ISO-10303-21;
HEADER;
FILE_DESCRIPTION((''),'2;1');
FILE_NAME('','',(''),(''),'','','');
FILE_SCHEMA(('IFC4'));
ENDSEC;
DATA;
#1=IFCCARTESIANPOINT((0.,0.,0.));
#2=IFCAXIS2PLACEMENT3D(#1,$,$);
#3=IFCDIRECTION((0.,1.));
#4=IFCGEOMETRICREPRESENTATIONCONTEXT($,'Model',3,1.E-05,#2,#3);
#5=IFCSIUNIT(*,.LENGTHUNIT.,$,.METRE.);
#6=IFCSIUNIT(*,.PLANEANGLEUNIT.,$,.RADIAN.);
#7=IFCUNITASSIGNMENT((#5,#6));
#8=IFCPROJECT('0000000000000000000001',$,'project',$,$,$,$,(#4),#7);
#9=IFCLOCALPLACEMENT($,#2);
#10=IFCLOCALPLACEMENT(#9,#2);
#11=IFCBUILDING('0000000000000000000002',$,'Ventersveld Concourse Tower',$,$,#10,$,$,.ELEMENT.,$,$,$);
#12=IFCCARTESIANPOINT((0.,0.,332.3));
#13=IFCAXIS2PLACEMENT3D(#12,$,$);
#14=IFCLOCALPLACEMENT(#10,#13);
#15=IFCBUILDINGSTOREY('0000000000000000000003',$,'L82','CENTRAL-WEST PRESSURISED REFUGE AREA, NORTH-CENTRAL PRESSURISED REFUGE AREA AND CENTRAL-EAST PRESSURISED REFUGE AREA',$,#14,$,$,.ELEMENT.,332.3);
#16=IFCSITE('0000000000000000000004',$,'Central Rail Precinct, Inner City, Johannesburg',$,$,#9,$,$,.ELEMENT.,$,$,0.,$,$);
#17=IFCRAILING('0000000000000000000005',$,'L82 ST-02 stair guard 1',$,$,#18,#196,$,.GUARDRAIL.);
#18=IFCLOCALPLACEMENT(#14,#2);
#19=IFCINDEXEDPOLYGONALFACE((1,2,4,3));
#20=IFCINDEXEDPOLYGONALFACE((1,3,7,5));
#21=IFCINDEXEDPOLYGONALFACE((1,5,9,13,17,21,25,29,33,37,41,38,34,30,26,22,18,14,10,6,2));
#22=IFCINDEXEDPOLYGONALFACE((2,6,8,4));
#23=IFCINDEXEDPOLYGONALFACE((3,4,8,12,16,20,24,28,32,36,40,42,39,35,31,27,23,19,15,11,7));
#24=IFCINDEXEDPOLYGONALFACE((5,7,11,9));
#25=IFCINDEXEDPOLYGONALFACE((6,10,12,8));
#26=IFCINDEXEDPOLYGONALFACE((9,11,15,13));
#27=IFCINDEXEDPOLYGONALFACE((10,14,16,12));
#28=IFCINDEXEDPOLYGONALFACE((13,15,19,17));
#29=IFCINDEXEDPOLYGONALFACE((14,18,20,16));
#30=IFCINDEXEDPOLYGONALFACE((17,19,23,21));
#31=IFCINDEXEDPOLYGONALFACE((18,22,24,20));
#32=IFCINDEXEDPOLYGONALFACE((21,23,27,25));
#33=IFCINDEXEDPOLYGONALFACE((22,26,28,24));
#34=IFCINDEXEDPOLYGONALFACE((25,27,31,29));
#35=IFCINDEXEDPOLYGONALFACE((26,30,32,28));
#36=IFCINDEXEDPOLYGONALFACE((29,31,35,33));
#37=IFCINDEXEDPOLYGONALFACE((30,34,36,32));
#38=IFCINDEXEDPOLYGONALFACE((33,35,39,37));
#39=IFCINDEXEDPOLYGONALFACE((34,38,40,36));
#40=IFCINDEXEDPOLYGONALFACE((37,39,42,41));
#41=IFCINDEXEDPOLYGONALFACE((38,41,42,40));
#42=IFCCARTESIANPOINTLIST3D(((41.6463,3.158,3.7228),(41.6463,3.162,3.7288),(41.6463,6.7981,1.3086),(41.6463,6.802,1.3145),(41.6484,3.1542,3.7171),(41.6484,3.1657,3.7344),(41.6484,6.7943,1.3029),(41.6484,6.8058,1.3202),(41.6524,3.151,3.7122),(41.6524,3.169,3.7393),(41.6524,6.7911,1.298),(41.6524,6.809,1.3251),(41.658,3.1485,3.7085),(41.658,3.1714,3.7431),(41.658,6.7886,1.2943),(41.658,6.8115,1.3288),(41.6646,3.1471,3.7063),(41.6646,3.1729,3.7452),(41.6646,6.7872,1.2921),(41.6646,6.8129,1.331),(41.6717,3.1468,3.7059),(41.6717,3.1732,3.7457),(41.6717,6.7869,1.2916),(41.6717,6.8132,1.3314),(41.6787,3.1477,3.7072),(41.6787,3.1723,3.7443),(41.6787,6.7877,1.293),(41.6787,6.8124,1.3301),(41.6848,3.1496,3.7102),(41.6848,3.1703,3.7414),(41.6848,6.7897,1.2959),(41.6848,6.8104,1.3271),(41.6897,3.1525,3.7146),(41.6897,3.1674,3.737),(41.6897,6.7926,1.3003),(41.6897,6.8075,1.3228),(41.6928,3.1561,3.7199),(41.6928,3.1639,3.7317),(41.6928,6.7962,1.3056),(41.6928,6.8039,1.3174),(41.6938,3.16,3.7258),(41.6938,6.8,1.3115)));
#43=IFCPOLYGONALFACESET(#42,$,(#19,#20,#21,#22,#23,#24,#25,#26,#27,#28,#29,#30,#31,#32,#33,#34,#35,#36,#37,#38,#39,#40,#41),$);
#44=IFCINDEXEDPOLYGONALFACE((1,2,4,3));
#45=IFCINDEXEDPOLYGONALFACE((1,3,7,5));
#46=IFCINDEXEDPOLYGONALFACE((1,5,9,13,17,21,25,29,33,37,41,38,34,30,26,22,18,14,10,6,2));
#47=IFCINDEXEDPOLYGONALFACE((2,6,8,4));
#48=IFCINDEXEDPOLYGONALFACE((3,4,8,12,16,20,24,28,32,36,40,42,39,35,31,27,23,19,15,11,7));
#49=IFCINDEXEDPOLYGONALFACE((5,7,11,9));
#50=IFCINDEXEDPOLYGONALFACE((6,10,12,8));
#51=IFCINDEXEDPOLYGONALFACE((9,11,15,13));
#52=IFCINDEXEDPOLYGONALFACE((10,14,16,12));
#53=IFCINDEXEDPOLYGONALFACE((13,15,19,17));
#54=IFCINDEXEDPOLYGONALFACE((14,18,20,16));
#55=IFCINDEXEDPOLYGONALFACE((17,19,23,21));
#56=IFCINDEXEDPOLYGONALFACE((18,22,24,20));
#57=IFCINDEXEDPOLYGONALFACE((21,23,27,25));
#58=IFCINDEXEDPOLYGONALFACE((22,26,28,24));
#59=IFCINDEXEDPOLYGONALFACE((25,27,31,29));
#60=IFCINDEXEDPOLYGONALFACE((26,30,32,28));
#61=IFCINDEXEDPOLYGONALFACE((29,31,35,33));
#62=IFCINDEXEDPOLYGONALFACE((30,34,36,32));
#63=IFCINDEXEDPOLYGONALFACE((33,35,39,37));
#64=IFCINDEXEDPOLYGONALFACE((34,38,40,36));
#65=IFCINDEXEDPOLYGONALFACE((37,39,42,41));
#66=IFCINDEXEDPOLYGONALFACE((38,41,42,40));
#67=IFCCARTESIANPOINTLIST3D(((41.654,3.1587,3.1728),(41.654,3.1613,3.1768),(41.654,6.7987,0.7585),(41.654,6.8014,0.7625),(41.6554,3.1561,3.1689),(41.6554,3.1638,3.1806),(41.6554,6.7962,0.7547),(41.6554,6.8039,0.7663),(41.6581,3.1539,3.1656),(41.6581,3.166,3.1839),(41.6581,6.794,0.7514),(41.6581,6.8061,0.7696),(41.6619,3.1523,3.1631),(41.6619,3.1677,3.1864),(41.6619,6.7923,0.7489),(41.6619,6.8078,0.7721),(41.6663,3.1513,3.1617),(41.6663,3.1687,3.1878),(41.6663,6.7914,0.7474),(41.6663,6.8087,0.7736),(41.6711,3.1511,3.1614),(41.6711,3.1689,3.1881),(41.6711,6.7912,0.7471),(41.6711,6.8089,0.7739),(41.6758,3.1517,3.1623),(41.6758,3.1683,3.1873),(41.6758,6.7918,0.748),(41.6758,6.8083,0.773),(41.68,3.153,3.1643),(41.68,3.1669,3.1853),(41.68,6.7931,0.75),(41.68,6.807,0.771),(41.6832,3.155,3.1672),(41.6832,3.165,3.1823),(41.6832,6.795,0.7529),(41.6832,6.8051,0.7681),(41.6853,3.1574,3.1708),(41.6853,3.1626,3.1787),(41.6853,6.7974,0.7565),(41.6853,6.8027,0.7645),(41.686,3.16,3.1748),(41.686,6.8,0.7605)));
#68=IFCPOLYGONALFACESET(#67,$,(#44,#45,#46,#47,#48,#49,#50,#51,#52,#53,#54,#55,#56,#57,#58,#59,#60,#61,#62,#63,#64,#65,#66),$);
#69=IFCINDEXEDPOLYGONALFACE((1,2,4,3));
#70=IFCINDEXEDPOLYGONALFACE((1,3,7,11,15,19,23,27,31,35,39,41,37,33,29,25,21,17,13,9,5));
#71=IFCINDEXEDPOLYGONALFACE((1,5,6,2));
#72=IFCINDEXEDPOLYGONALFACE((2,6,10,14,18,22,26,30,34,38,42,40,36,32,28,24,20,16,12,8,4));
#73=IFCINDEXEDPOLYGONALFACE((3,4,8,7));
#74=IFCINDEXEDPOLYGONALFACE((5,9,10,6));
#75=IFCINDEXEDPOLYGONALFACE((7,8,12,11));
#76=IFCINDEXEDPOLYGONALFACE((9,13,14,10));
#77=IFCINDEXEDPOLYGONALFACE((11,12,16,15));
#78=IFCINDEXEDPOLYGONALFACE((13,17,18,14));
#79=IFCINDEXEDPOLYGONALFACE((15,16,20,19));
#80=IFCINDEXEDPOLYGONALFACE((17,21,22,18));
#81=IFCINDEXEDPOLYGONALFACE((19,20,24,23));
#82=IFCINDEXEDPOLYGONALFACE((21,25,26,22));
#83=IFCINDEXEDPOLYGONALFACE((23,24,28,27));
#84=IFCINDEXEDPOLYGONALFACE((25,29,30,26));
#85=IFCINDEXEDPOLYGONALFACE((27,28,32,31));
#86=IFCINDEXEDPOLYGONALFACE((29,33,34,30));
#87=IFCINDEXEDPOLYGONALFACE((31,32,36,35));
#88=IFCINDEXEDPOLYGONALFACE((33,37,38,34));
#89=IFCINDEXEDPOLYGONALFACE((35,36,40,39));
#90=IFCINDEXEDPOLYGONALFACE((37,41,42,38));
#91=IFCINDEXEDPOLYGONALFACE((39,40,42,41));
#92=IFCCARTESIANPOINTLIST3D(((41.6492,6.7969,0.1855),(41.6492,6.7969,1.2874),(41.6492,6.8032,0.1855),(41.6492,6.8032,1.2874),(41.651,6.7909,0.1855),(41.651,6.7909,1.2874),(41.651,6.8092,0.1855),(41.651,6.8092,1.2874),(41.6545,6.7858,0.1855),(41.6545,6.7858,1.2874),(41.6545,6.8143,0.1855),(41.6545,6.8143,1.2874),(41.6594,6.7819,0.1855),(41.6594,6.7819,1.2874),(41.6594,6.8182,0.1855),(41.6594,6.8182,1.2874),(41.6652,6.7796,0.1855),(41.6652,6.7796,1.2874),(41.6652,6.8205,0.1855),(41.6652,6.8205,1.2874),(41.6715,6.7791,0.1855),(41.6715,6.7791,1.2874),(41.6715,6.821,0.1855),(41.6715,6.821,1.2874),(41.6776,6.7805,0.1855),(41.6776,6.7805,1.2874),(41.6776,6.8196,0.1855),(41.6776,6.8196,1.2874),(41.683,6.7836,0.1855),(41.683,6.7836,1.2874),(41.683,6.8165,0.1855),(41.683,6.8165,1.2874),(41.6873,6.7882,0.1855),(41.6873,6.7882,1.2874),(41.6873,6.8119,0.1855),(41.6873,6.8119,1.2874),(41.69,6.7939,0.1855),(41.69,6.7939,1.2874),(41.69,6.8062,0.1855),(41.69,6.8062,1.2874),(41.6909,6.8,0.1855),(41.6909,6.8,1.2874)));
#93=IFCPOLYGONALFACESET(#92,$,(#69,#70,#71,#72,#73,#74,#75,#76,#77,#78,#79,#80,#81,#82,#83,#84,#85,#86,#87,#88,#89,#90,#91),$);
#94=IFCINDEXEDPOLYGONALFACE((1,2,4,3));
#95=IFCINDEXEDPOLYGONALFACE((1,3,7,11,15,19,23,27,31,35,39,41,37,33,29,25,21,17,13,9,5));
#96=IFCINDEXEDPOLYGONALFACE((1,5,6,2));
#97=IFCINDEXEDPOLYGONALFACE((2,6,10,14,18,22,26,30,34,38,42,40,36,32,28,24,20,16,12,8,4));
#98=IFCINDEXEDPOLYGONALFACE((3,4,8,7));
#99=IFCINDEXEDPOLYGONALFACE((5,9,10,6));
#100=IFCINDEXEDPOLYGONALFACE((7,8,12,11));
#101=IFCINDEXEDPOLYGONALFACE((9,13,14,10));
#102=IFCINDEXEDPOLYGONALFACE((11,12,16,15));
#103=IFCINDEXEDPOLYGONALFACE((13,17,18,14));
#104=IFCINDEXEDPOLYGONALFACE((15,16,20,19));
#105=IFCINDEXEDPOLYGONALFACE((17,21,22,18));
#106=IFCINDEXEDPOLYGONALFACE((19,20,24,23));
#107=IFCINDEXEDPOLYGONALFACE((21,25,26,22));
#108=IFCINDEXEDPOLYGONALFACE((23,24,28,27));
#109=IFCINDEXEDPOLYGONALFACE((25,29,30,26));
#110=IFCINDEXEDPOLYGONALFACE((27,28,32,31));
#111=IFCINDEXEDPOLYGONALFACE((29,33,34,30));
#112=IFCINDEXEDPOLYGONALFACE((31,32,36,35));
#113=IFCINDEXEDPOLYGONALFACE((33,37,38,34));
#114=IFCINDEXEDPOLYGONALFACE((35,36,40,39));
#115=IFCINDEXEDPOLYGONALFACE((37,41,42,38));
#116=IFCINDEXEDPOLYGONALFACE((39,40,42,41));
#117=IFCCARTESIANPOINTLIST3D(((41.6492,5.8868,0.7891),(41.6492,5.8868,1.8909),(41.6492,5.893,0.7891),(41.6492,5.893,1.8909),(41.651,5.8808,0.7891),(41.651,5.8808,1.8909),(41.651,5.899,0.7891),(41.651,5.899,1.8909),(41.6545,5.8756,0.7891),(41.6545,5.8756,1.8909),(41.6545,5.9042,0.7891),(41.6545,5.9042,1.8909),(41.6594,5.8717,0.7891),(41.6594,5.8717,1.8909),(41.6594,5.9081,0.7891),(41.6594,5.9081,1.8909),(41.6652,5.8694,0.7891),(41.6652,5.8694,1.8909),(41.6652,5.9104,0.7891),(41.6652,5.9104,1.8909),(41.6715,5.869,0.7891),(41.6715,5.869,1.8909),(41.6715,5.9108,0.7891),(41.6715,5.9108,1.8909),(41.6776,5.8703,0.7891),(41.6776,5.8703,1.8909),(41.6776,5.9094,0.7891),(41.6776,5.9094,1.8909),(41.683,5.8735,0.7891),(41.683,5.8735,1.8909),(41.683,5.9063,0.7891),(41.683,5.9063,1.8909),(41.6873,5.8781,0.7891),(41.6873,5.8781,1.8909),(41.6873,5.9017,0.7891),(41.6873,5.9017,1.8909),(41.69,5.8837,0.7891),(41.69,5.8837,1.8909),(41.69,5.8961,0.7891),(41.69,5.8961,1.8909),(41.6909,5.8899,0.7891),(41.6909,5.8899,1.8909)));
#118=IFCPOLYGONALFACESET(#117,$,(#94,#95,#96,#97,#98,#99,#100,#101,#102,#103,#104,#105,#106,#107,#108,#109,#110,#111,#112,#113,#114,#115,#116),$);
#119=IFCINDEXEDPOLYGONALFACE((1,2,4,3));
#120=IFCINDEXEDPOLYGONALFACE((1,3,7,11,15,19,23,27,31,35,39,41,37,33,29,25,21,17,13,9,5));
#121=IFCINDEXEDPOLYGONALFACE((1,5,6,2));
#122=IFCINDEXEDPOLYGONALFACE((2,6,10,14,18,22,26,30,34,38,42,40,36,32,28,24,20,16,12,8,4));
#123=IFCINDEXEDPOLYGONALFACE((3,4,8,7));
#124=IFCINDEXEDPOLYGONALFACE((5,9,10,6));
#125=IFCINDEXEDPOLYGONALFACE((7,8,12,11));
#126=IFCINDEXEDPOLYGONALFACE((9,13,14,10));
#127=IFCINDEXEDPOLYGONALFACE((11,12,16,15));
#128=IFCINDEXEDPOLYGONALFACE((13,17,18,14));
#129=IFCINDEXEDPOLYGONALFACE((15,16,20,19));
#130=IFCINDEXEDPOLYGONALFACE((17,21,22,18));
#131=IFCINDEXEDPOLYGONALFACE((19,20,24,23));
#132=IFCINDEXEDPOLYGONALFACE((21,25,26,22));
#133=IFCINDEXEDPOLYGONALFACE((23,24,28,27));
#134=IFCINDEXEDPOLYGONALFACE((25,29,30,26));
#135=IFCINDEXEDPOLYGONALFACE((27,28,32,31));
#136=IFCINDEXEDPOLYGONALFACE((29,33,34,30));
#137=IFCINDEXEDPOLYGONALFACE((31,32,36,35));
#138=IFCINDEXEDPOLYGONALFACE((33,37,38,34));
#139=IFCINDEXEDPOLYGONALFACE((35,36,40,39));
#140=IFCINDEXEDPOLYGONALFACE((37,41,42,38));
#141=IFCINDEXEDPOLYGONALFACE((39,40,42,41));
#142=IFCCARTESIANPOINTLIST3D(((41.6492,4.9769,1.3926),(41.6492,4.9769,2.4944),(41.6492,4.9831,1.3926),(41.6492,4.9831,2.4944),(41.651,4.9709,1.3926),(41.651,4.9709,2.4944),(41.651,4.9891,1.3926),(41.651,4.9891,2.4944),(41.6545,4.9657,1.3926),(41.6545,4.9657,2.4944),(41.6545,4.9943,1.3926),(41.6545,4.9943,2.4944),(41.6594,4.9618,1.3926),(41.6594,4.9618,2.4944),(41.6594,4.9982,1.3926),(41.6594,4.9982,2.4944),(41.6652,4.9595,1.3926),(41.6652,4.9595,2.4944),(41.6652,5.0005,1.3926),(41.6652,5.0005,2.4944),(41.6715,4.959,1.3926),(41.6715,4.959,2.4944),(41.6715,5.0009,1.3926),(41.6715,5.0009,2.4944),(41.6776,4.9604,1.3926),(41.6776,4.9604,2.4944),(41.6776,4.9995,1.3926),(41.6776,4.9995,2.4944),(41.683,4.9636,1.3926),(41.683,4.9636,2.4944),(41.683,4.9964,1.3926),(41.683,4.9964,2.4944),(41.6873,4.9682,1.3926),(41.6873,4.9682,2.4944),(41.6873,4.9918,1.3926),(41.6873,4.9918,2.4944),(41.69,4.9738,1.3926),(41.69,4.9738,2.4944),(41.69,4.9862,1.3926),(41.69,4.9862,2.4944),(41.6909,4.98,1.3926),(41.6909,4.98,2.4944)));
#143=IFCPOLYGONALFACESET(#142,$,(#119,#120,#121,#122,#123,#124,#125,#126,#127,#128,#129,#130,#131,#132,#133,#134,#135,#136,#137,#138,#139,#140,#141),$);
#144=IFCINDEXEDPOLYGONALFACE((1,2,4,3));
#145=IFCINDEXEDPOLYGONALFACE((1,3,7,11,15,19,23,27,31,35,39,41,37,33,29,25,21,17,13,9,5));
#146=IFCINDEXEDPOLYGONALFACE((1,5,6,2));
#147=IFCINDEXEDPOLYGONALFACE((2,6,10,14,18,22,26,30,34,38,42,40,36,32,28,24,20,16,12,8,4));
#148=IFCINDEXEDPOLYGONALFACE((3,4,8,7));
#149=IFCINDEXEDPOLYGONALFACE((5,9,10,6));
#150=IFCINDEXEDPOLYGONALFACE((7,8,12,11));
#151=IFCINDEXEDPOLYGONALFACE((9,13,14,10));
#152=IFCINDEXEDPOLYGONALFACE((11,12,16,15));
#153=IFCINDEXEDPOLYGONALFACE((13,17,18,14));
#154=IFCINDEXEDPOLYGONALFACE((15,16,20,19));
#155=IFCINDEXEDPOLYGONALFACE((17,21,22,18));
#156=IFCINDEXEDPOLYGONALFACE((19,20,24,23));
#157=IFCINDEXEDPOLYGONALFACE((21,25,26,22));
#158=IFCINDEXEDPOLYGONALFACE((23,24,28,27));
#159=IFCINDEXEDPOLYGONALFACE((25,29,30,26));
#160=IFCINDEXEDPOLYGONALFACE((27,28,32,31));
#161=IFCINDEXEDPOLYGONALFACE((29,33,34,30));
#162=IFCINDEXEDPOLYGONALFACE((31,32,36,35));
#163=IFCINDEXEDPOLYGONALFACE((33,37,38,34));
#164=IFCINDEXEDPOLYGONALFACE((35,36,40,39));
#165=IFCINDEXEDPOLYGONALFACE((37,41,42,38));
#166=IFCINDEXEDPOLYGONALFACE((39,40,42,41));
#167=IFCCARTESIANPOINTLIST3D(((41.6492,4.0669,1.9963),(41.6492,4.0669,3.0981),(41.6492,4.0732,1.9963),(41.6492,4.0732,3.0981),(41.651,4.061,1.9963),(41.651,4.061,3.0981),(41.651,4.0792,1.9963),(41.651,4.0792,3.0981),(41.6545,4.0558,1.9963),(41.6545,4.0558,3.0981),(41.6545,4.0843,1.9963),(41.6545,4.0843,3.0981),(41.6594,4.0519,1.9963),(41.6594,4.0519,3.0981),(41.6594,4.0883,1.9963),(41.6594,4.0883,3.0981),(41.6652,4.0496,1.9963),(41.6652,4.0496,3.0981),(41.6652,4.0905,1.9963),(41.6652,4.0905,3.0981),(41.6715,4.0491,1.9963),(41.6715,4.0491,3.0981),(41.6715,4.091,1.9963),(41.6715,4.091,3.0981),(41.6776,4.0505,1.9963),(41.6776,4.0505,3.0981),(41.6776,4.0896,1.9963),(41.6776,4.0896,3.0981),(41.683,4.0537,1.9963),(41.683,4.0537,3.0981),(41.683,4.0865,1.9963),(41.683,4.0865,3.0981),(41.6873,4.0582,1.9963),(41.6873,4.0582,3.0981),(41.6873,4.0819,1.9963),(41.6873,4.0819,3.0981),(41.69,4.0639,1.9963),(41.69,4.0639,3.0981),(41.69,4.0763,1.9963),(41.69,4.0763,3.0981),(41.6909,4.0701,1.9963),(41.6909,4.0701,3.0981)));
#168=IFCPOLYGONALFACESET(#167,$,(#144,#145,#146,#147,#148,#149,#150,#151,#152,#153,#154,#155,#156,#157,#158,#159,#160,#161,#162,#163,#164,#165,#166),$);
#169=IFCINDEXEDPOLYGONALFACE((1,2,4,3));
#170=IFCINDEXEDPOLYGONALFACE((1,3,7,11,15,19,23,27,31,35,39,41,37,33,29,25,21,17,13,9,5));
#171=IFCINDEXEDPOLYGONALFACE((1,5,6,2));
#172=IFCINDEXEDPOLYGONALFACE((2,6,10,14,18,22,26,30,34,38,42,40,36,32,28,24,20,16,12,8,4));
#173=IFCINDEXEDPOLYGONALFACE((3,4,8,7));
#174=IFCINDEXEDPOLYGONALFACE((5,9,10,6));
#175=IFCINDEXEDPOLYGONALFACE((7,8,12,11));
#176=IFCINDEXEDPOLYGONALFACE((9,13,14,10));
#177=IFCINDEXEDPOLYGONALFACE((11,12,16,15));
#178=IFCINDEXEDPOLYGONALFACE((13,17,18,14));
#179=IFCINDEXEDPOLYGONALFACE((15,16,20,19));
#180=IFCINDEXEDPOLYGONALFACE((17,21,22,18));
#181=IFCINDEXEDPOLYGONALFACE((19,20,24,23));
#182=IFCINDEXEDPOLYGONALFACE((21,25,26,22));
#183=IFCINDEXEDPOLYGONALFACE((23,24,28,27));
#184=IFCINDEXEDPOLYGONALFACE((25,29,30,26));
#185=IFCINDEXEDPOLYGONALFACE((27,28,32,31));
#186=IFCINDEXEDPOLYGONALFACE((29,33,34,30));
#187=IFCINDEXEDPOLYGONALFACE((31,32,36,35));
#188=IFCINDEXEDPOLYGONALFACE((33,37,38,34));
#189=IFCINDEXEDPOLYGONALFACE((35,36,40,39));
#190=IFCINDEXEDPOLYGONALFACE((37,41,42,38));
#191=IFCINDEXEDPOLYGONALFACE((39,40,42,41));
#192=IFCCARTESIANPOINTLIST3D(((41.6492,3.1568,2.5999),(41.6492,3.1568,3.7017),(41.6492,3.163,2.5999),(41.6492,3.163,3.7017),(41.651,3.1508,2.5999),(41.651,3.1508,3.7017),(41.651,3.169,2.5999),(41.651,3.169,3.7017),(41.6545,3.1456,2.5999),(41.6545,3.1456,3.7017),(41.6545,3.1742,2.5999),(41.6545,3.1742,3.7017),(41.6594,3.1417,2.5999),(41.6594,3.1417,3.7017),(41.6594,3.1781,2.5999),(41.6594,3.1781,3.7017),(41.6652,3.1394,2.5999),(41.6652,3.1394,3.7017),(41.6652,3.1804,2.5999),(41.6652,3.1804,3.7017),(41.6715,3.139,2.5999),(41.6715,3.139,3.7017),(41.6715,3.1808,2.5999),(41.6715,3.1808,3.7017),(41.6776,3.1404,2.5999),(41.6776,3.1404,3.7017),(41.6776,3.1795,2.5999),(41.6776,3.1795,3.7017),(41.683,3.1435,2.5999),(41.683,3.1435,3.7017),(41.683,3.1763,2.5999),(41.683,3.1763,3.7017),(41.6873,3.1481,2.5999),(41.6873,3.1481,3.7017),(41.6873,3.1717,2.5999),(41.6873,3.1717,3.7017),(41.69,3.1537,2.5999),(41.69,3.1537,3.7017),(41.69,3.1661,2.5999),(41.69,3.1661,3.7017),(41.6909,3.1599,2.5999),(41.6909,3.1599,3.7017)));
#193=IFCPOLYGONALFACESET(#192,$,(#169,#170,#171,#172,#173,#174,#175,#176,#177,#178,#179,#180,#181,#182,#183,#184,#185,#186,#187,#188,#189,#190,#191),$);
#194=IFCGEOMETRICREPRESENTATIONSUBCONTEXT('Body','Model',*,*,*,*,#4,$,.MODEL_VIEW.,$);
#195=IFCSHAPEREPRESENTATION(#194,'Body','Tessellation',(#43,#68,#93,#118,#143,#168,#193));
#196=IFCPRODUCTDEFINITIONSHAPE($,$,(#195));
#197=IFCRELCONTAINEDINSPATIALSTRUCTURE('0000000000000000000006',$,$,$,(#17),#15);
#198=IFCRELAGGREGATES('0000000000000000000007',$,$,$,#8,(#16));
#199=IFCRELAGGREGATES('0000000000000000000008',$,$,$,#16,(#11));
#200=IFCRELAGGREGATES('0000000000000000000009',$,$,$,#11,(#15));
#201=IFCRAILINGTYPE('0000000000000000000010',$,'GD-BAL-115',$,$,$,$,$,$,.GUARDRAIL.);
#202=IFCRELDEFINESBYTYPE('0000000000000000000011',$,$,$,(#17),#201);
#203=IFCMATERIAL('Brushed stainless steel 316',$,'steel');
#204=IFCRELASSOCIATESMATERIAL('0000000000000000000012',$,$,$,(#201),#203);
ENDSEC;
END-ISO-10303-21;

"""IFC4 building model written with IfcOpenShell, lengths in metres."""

from ifc_helpers import new_model, si_unit, direction, frame, origin, origin_2d, place, context, subcontext, project, spatial, circle, extrude, material, type_object, element, save


model = new_model("IFC4")

# Units and contexts
model_context = context("Model", 3, precision=1e-05, world=origin(), true_north=direction((0.0, 1.0)))
body_context = subcontext(model_context, "Body", "Model", "MODEL_VIEW")
ifc_project = project(units=[si_unit("LENGTHUNIT", "METRE"), si_unit("PLANEANGLEUNIT", "RADIAN")], contexts=[model_context])

# Site, building, storey
site_placement = place(None, origin())
site = spatial("IfcSite", under=ifc_project, at=site_placement, Name="Central Rail Precinct, Inner City, Johannesburg", CompositionType="ELEMENT", RefElevation=0.0)
building_placement = place(site_placement, origin())
building = spatial("IfcBuilding", under=site, at=building_placement, Name="Ventersveld Concourse Tower", CompositionType="ELEMENT")
storey_placement = place(building_placement, frame((0.0, 0.0, 332.3)))
storey = spatial("IfcBuildingStorey", under=building, at=storey_placement, Name="L82", Description="CENTRAL-WEST PRESSURISED REFUGE AREA, NORTH-CENTRAL PRESSURISED REFUGE AREA AND CENTRAL-EAST PRESSURISED REFUGE AREA", CompositionType="ELEMENT", Elevation=332.3)

# Railing
ifc_material_1 = material(Name="Brushed stainless steel 316", Category="steel")
railing_type_1 = type_object("IfcRailingType", Name="GD-BAL-115", PredefinedType="GUARDRAIL", material=ifc_material_1)
railing_1_placement = place(storey_placement, frame((41.6699, 6.8, 0.1855)))
element("IfcRailing", 1, at=railing_1_placement, inside=storey, type_object=railing_type_1, Name="L82 ST-02 stair guard 1", PredefinedType="GUARDRAIL", context=body_context, shape_type="SweptSolid", body=[
    extrude(circle(Radius=0.0239, at=origin_2d()), frame((0.0, 0.0, 1.126), z_axis=(0.0, -0.833364, 0.552725), x_axis=(1.0, 0.0, 0.0)), (0.0, 0.0, 1.0), 4.3679),
    extrude(circle(Radius=0.0161, at=origin_2d()), frame((0.0, 0.0, 0.575), z_axis=(0.0, -0.833364, 0.552725), x_axis=(1.0, 0.0, 0.0)), (0.0, 0.0, 1.0), 4.3679),
    extrude(circle(Radius=0.021, at=origin_2d()), origin(), (0.0, 0.0, 1.0), 1.1018),
    extrude(circle(Radius=0.021, at=origin_2d()), frame((0.0, -0.9102, 0.6035)), (0.0, 0.0, 1.0), 1.1018),
    extrude(circle(Radius=0.021, at=origin_2d()), frame((0.0, -1.8201, 1.207)), (0.0, 0.0, 1.0), 1.1018),
    extrude(circle(Radius=0.021, at=origin_2d()), frame((0.0, -2.73, 1.8108)), (0.0, 0.0, 1.0), 1.1018),
    extrude(circle(Radius=0.021, at=origin_2d()), frame((0.0, -3.6401, 2.4143)), (0.0, 0.0, 1.0), 1.1018),
])

save(model, "model.ifc")
